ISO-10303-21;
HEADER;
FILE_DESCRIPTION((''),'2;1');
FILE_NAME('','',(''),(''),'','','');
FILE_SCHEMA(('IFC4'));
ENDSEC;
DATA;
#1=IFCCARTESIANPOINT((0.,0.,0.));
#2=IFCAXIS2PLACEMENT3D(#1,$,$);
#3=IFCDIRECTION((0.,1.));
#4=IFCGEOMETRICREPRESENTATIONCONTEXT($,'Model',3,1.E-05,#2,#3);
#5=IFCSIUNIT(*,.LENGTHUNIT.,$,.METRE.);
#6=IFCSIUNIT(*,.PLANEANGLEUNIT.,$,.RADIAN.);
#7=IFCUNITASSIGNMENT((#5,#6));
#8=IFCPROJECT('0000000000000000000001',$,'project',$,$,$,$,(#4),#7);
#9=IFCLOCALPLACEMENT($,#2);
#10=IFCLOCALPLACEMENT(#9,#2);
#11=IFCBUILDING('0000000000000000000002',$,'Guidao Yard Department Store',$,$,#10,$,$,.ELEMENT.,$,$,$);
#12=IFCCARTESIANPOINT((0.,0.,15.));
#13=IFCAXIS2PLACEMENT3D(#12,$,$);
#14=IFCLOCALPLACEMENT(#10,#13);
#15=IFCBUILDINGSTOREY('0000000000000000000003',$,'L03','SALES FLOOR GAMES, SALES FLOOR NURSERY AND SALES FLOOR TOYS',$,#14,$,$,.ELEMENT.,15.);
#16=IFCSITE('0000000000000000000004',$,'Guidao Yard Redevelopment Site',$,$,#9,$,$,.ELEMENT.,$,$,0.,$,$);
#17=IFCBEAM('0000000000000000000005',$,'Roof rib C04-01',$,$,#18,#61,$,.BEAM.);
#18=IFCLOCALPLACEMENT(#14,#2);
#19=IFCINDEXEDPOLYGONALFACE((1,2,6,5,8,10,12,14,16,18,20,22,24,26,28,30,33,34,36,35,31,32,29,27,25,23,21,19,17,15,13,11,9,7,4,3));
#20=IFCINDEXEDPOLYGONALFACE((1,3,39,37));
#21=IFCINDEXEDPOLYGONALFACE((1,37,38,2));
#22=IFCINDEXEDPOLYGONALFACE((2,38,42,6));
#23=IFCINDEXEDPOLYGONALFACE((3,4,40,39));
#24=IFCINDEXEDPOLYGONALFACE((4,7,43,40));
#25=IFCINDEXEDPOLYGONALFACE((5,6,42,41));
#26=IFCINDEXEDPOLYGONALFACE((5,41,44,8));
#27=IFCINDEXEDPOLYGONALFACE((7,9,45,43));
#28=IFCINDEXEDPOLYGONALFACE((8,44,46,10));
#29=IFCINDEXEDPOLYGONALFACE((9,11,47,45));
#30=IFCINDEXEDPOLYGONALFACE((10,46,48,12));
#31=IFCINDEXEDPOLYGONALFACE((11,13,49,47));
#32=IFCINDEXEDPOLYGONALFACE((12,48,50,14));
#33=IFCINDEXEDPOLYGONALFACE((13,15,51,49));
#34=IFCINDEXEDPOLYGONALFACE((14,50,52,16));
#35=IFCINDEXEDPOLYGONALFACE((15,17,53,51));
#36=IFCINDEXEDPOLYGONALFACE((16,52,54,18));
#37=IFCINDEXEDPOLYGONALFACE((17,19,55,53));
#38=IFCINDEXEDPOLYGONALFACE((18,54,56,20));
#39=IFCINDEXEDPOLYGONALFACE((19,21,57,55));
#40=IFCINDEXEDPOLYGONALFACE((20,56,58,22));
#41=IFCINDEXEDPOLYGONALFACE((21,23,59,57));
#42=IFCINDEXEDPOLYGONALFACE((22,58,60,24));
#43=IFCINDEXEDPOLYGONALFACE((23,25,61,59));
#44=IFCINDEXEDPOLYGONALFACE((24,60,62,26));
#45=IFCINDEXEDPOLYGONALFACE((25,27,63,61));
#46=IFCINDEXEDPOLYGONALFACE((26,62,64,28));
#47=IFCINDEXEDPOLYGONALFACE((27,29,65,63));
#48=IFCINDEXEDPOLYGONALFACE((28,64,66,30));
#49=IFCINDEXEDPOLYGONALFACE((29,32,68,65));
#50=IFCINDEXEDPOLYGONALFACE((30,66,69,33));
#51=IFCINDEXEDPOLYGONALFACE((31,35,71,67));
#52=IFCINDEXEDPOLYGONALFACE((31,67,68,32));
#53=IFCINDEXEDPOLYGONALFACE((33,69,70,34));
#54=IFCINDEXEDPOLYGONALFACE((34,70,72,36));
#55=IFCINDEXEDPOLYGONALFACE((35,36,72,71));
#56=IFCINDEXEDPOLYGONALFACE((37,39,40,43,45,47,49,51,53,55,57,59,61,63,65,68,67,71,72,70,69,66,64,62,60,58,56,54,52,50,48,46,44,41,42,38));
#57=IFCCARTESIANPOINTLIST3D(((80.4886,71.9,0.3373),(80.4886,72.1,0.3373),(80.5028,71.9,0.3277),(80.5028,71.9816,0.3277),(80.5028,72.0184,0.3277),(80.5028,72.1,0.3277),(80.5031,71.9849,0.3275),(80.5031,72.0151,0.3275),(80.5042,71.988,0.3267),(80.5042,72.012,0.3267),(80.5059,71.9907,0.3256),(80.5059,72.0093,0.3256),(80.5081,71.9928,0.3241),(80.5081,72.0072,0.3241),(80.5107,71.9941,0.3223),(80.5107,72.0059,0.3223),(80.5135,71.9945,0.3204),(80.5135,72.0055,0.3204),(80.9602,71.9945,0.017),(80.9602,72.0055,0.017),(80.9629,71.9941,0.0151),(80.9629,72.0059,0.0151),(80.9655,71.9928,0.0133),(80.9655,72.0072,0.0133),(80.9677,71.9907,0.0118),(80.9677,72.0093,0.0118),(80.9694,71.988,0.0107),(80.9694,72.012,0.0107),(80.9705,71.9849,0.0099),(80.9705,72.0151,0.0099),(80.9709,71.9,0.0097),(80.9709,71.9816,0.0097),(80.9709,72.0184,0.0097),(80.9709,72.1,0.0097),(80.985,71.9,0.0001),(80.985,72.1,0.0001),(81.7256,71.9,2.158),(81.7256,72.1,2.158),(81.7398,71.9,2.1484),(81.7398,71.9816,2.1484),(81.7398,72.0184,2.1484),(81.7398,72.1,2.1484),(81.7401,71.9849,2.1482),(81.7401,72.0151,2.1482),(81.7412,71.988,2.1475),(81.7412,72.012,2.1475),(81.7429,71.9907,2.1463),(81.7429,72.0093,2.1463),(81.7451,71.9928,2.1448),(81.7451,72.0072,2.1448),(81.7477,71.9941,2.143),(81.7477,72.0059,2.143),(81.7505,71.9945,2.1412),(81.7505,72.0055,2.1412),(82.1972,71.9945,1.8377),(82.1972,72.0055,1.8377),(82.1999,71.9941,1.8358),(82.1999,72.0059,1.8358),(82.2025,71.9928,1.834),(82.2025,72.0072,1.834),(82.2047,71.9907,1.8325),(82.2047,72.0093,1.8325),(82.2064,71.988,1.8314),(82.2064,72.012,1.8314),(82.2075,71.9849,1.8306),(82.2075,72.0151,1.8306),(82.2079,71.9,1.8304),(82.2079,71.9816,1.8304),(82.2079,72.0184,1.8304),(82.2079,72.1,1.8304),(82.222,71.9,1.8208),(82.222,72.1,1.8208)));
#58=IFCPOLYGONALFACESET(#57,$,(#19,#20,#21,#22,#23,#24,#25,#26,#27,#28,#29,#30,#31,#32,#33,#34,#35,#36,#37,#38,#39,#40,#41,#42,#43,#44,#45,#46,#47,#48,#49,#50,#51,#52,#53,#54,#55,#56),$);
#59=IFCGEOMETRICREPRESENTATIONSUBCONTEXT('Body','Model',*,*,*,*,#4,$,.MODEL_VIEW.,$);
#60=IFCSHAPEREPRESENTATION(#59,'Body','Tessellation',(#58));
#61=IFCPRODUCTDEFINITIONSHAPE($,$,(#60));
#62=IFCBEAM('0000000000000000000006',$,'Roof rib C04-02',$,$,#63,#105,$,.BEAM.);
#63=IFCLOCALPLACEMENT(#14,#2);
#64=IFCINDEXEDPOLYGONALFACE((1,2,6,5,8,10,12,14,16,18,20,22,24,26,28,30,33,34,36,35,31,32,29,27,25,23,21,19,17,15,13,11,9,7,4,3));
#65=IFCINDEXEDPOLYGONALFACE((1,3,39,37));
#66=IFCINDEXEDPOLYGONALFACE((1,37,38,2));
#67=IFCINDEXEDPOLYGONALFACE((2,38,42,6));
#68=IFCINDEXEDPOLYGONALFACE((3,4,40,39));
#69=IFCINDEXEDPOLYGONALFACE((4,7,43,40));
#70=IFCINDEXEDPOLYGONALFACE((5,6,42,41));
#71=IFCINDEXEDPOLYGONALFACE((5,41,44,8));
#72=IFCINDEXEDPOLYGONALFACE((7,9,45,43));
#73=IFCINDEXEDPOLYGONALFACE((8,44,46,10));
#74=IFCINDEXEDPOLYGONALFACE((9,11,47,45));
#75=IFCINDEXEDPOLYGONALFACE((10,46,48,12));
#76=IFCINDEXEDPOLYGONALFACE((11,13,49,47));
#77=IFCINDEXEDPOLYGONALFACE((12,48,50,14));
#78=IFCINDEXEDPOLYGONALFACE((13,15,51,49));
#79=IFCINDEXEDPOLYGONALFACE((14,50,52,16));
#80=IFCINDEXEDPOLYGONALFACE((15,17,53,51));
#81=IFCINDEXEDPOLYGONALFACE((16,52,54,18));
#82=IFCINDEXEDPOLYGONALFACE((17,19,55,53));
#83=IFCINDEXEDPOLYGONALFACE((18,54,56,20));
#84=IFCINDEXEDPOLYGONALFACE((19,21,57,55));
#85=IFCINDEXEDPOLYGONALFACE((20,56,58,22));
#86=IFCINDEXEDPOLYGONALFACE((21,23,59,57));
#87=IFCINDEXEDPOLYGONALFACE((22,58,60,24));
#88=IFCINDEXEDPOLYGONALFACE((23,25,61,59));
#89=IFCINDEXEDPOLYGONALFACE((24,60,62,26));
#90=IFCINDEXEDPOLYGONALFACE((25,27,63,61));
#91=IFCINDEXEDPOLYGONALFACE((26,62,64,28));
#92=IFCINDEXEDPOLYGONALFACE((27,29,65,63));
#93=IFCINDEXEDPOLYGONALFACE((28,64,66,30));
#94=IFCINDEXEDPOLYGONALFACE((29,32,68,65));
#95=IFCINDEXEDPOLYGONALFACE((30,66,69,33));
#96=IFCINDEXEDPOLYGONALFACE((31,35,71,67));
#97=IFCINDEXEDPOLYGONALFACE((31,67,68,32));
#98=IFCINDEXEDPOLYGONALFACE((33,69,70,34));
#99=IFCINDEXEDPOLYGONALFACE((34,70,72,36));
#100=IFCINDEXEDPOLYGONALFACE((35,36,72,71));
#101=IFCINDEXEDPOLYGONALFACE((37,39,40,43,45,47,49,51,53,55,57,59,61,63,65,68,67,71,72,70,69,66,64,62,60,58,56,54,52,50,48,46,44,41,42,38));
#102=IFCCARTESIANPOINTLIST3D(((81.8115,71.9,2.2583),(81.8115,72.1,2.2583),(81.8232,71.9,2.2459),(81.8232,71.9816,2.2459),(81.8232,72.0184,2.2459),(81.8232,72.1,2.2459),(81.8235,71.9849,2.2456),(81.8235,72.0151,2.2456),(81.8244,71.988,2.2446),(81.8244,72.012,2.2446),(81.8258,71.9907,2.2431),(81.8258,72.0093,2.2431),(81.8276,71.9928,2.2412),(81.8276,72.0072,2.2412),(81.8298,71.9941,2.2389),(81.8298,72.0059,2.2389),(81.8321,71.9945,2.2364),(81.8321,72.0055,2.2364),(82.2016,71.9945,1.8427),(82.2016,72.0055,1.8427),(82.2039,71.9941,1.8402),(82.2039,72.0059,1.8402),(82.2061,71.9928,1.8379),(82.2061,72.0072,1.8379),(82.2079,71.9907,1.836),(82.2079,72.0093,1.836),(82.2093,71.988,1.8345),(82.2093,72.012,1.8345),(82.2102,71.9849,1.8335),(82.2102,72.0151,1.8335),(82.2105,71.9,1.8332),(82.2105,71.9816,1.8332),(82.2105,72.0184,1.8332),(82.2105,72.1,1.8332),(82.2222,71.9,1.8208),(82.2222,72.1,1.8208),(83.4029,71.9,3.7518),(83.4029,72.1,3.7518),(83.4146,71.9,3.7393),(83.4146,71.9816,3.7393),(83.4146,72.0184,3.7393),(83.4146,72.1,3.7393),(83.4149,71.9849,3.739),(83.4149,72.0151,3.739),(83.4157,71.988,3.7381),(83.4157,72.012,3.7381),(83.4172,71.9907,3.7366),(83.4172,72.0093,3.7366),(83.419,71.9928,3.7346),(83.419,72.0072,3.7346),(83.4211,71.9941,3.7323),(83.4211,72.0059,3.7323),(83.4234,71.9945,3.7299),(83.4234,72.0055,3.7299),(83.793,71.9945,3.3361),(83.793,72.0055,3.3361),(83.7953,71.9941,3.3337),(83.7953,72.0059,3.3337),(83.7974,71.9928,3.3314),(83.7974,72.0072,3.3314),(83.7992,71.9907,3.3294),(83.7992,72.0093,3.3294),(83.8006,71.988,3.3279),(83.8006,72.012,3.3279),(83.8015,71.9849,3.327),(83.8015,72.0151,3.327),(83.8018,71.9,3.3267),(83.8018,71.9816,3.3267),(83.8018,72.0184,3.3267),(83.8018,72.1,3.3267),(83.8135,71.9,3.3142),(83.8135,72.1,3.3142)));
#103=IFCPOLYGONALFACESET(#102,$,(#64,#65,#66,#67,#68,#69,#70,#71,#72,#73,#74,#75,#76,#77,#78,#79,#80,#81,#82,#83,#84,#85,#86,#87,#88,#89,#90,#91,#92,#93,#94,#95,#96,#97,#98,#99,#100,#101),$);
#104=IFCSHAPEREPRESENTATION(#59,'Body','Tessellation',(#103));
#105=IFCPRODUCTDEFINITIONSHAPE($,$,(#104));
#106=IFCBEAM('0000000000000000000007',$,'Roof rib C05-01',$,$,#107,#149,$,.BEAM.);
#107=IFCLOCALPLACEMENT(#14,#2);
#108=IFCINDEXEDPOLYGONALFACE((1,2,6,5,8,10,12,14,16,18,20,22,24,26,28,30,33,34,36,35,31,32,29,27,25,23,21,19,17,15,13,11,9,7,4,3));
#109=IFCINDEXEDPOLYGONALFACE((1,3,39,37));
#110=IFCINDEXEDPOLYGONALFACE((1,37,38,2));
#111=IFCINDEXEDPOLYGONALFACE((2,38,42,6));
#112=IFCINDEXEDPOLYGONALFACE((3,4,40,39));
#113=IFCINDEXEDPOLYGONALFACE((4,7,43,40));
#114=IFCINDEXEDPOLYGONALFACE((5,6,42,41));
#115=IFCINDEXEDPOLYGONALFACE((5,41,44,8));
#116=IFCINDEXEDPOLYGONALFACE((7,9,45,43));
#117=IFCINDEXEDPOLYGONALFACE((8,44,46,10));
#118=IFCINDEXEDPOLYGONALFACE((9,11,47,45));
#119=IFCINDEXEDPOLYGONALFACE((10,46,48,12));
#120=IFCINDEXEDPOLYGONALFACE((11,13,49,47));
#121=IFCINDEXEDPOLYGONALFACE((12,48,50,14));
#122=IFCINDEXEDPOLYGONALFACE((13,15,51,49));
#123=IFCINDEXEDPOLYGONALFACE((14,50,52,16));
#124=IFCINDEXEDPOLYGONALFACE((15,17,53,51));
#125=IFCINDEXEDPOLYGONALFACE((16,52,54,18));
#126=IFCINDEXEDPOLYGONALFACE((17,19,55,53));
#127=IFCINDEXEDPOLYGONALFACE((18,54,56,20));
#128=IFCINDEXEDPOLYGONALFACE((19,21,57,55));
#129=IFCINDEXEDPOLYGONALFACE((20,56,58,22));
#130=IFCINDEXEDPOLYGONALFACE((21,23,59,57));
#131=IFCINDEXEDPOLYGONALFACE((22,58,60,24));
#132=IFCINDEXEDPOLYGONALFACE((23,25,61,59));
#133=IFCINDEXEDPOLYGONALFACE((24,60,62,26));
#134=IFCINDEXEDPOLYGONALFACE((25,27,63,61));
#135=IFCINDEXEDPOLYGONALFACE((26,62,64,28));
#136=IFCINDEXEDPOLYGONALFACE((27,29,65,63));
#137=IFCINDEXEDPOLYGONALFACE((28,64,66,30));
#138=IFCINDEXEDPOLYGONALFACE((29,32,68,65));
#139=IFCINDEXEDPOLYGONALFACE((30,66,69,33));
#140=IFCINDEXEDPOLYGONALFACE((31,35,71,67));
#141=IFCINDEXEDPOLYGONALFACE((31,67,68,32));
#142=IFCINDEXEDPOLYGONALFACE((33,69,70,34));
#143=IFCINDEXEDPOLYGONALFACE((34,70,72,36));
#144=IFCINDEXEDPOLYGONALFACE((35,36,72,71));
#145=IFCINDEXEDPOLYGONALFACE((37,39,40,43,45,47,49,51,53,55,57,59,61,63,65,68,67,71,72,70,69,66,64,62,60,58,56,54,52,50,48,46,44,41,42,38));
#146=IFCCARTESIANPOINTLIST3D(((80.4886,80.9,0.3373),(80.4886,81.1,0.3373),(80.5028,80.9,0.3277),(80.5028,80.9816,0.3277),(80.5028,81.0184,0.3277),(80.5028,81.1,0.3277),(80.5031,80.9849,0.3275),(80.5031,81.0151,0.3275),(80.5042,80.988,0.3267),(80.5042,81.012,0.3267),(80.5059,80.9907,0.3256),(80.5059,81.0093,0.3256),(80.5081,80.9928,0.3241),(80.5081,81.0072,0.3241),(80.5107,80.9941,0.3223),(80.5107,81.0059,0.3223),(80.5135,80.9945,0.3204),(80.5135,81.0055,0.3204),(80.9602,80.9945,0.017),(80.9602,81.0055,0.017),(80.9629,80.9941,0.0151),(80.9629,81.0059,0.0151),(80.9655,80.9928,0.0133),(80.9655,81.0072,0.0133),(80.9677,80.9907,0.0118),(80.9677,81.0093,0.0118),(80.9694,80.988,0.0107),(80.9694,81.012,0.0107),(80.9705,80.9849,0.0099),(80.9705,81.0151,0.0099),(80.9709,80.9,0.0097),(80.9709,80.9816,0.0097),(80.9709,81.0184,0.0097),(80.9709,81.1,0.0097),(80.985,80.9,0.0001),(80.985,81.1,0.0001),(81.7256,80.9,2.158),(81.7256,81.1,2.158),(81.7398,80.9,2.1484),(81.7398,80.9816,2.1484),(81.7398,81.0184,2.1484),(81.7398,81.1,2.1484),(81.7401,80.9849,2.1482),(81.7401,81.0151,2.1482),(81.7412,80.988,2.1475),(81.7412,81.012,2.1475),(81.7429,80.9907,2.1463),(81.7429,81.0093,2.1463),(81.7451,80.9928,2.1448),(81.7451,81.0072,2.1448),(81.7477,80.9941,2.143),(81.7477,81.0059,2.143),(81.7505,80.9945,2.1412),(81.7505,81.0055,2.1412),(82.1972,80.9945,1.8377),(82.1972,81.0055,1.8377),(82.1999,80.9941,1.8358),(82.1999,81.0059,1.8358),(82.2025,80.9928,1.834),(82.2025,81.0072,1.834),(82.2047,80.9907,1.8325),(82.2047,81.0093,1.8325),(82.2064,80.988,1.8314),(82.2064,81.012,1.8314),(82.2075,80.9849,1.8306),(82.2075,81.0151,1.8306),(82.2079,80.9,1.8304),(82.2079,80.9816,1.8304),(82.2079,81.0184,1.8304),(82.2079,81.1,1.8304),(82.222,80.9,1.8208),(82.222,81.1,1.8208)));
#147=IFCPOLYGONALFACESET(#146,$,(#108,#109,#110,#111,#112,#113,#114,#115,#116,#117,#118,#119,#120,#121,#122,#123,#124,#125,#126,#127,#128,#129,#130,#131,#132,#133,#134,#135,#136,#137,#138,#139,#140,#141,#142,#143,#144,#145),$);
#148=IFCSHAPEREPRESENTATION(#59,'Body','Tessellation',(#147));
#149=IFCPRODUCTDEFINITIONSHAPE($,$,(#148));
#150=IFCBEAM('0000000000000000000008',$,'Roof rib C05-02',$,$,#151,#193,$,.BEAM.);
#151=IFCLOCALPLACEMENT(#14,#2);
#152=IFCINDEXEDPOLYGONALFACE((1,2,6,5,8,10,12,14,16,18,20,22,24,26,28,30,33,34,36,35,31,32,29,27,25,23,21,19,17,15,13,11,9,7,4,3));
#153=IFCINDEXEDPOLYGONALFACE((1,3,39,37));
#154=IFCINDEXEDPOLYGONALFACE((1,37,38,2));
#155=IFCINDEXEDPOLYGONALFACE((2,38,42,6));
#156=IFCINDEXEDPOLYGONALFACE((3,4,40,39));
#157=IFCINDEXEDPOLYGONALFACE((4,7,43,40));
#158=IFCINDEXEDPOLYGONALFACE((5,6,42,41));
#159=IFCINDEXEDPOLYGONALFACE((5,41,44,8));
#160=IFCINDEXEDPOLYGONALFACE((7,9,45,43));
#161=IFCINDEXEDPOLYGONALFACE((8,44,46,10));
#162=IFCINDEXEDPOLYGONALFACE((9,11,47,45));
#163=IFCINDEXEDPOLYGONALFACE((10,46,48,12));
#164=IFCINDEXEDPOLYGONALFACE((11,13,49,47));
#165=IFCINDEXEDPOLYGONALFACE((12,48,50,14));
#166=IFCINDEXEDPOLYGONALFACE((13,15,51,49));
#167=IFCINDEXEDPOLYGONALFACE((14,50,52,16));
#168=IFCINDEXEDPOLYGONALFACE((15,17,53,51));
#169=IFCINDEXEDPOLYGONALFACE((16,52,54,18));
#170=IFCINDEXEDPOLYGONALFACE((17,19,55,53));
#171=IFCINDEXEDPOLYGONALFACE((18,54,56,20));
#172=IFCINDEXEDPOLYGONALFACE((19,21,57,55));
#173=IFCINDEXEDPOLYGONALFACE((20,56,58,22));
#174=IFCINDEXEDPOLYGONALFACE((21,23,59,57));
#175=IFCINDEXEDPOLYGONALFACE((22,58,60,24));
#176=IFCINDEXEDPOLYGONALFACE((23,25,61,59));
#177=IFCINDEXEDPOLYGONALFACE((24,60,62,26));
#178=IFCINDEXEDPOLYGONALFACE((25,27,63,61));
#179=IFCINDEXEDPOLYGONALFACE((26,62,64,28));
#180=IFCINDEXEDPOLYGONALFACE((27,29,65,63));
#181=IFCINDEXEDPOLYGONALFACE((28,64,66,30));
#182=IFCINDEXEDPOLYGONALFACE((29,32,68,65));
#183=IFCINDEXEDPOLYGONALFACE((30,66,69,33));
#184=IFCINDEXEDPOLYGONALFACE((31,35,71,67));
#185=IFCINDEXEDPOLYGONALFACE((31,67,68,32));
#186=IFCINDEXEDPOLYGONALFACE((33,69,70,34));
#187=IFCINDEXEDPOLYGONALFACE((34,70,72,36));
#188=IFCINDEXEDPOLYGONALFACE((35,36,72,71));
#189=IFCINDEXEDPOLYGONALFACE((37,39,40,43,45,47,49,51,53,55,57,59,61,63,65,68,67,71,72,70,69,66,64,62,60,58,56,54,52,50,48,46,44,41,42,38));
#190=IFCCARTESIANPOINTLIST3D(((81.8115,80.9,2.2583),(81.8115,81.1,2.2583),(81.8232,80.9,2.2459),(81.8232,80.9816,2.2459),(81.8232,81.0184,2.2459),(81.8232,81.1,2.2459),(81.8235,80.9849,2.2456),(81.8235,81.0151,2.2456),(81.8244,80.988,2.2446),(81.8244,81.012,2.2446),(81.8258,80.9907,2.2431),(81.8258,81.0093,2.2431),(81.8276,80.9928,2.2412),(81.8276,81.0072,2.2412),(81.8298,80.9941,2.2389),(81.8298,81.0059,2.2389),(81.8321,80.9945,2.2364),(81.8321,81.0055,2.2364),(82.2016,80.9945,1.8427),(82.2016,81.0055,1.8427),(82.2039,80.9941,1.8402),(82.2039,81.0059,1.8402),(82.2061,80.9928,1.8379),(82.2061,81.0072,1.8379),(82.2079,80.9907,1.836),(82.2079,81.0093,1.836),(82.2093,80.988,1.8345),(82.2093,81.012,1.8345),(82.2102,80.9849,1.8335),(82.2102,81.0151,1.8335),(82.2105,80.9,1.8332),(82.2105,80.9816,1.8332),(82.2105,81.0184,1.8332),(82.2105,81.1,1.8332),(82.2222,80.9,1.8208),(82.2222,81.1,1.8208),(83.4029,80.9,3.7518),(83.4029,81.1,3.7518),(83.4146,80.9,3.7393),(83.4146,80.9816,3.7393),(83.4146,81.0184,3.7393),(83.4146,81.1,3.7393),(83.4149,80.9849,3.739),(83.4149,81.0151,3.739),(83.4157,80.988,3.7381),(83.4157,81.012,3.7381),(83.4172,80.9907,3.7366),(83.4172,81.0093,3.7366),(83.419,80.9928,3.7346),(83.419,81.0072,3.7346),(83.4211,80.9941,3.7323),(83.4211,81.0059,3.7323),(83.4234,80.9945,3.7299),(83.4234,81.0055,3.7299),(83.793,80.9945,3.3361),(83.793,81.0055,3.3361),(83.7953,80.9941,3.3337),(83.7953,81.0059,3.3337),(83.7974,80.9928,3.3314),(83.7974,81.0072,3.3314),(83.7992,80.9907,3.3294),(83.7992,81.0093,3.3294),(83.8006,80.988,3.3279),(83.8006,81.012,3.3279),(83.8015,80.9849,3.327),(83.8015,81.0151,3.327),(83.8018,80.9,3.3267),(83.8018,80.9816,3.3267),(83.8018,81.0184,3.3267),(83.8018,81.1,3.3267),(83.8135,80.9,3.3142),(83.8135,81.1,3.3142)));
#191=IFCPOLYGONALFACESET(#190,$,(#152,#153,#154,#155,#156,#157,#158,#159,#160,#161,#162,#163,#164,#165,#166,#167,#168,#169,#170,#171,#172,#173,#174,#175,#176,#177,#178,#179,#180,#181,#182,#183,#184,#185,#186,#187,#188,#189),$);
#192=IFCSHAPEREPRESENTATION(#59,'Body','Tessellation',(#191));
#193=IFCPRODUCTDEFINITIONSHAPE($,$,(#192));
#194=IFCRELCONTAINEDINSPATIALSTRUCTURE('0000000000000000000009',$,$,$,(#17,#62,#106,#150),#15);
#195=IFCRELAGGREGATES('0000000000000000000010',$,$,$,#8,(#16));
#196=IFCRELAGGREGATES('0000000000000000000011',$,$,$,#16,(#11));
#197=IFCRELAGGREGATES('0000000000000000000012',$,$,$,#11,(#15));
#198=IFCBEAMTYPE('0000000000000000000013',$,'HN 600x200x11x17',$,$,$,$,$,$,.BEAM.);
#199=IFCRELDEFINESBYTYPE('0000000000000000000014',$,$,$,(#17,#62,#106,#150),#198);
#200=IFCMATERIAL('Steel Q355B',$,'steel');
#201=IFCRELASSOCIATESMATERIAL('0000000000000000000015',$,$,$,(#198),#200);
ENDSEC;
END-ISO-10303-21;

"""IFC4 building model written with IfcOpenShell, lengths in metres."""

from ifc_helpers import new_model, si_unit, direction, frame, origin, origin_2d, place, context, subcontext, project, spatial, i_section, extrude, material, material_profile, profile_set, type_object, element, save


model = new_model("IFC4")

# Units and contexts
model_context = context("Model", 3, precision=1e-05, world=origin(), true_north=direction((0.0, 1.0)))
body_context = subcontext(model_context, "Body", "Model", "MODEL_VIEW")
ifc_project = project(units=[si_unit("LENGTHUNIT", "METRE"), si_unit("PLANEANGLEUNIT", "RADIAN")], contexts=[model_context])

# Site, building, storey
site_placement = place(None, origin())
site = spatial("IfcSite", under=ifc_project, at=site_placement, Name="Guidao Yard Redevelopment Site", CompositionType="ELEMENT", RefElevation=0.0)
building_placement = place(site_placement, origin())
building = spatial("IfcBuilding", under=site, at=building_placement, Name="Guidao Yard Department Store", CompositionType="ELEMENT")
storey_placement = place(building_placement, frame((0.0, 0.0, 15.0)))
storey = spatial("IfcBuildingStorey", under=building, at=storey_placement, Name="L03", Description="SALES FLOOR GAMES, SALES FLOOR NURSERY AND SALES FLOOR TOYS", CompositionType="ELEMENT", Elevation=15.0)

# Beams
ifc_material_1 = material(Name="Steel Q355B", Category="steel")
ifc_material_profile_1 = material_profile(ifc_material_1, i_section(OverallWidth=0.2, OverallDepth=0.6001, WebThickness=0.011, FlangeThickness=0.0171, FilletRadius=0.0129, at=origin_2d()), Name="HN 600x200x11x17")
ifc_profile_set_1 = profile_set([ifc_material_profile_1], Name="Steel Q355B")
beam_type_1 = type_object("IfcBeamType", Name="HN 600x200x11x17", PredefinedType="BEAM", material=ifc_profile_set_1)
beam_1_placement = place(storey_placement, frame((80.7368, 72.0, 0.1687), z_axis=(0.561973, 0.0, 0.827155), x_axis=(0.0, 1.0, 0.0)))
element("IfcBeam", 1, at=beam_1_placement, inside=storey, type_object=beam_type_1, Name="Roof rib C04-01", PredefinedType="BEAM", context=body_context, shape_type="SweptSolid", body=[
    extrude(i_section(OverallWidth=0.2, OverallDepth=0.6001, WebThickness=0.011, FlangeThickness=0.0171, FilletRadius=0.0129, at=origin_2d()), origin(), (0.0, 0.0, 1.0), 2.2012),
])
beam_2_placement = place(storey_placement, frame((82.0168, 72.0, 2.0396), z_axis=(0.729181, 0.0, 0.684321), x_axis=(0.0, 1.0, 0.0)))
element("IfcBeam", 2, at=beam_2_placement, inside=storey, type_object=beam_type_1, Name="Roof rib C04-02", PredefinedType="BEAM", context=body_context, shape_type="SweptSolid", body=[
    extrude(i_section(OverallWidth=0.2, OverallDepth=0.6001, WebThickness=0.011, FlangeThickness=0.0171, FilletRadius=0.0129, at=origin_2d()), origin(), (0.0, 0.0, 1.0), 2.1824),
])
beam_3_placement = place(storey_placement, frame((80.7368, 81.0, 0.1687), z_axis=(0.561973, 0.0, 0.827155), x_axis=(0.0, 1.0, 0.0)))
element("IfcBeam", 3, at=beam_3_placement, inside=storey, type_object=beam_type_1, Name="Roof rib C05-01", PredefinedType="BEAM", context=body_context, shape_type="SweptSolid", body=[
    extrude(i_section(OverallWidth=0.2, OverallDepth=0.6001, WebThickness=0.011, FlangeThickness=0.0171, FilletRadius=0.0129, at=origin_2d()), origin(), (0.0, 0.0, 1.0), 2.2012),
])
beam_4_placement = place(storey_placement, frame((82.0168, 81.0, 2.0396), z_axis=(0.729181, 0.0, 0.684321), x_axis=(0.0, 1.0, 0.0)))
element("IfcBeam", 4, at=beam_4_placement, inside=storey, type_object=beam_type_1, Name="Roof rib C05-02", PredefinedType="BEAM", context=body_context, shape_type="SweptSolid", body=[
    extrude(i_section(OverallWidth=0.2, OverallDepth=0.6001, WebThickness=0.011, FlangeThickness=0.0171, FilletRadius=0.0129, at=origin_2d()), origin(), (0.0, 0.0, 1.0), 2.1824),
])

save(model, "model.ifc")
